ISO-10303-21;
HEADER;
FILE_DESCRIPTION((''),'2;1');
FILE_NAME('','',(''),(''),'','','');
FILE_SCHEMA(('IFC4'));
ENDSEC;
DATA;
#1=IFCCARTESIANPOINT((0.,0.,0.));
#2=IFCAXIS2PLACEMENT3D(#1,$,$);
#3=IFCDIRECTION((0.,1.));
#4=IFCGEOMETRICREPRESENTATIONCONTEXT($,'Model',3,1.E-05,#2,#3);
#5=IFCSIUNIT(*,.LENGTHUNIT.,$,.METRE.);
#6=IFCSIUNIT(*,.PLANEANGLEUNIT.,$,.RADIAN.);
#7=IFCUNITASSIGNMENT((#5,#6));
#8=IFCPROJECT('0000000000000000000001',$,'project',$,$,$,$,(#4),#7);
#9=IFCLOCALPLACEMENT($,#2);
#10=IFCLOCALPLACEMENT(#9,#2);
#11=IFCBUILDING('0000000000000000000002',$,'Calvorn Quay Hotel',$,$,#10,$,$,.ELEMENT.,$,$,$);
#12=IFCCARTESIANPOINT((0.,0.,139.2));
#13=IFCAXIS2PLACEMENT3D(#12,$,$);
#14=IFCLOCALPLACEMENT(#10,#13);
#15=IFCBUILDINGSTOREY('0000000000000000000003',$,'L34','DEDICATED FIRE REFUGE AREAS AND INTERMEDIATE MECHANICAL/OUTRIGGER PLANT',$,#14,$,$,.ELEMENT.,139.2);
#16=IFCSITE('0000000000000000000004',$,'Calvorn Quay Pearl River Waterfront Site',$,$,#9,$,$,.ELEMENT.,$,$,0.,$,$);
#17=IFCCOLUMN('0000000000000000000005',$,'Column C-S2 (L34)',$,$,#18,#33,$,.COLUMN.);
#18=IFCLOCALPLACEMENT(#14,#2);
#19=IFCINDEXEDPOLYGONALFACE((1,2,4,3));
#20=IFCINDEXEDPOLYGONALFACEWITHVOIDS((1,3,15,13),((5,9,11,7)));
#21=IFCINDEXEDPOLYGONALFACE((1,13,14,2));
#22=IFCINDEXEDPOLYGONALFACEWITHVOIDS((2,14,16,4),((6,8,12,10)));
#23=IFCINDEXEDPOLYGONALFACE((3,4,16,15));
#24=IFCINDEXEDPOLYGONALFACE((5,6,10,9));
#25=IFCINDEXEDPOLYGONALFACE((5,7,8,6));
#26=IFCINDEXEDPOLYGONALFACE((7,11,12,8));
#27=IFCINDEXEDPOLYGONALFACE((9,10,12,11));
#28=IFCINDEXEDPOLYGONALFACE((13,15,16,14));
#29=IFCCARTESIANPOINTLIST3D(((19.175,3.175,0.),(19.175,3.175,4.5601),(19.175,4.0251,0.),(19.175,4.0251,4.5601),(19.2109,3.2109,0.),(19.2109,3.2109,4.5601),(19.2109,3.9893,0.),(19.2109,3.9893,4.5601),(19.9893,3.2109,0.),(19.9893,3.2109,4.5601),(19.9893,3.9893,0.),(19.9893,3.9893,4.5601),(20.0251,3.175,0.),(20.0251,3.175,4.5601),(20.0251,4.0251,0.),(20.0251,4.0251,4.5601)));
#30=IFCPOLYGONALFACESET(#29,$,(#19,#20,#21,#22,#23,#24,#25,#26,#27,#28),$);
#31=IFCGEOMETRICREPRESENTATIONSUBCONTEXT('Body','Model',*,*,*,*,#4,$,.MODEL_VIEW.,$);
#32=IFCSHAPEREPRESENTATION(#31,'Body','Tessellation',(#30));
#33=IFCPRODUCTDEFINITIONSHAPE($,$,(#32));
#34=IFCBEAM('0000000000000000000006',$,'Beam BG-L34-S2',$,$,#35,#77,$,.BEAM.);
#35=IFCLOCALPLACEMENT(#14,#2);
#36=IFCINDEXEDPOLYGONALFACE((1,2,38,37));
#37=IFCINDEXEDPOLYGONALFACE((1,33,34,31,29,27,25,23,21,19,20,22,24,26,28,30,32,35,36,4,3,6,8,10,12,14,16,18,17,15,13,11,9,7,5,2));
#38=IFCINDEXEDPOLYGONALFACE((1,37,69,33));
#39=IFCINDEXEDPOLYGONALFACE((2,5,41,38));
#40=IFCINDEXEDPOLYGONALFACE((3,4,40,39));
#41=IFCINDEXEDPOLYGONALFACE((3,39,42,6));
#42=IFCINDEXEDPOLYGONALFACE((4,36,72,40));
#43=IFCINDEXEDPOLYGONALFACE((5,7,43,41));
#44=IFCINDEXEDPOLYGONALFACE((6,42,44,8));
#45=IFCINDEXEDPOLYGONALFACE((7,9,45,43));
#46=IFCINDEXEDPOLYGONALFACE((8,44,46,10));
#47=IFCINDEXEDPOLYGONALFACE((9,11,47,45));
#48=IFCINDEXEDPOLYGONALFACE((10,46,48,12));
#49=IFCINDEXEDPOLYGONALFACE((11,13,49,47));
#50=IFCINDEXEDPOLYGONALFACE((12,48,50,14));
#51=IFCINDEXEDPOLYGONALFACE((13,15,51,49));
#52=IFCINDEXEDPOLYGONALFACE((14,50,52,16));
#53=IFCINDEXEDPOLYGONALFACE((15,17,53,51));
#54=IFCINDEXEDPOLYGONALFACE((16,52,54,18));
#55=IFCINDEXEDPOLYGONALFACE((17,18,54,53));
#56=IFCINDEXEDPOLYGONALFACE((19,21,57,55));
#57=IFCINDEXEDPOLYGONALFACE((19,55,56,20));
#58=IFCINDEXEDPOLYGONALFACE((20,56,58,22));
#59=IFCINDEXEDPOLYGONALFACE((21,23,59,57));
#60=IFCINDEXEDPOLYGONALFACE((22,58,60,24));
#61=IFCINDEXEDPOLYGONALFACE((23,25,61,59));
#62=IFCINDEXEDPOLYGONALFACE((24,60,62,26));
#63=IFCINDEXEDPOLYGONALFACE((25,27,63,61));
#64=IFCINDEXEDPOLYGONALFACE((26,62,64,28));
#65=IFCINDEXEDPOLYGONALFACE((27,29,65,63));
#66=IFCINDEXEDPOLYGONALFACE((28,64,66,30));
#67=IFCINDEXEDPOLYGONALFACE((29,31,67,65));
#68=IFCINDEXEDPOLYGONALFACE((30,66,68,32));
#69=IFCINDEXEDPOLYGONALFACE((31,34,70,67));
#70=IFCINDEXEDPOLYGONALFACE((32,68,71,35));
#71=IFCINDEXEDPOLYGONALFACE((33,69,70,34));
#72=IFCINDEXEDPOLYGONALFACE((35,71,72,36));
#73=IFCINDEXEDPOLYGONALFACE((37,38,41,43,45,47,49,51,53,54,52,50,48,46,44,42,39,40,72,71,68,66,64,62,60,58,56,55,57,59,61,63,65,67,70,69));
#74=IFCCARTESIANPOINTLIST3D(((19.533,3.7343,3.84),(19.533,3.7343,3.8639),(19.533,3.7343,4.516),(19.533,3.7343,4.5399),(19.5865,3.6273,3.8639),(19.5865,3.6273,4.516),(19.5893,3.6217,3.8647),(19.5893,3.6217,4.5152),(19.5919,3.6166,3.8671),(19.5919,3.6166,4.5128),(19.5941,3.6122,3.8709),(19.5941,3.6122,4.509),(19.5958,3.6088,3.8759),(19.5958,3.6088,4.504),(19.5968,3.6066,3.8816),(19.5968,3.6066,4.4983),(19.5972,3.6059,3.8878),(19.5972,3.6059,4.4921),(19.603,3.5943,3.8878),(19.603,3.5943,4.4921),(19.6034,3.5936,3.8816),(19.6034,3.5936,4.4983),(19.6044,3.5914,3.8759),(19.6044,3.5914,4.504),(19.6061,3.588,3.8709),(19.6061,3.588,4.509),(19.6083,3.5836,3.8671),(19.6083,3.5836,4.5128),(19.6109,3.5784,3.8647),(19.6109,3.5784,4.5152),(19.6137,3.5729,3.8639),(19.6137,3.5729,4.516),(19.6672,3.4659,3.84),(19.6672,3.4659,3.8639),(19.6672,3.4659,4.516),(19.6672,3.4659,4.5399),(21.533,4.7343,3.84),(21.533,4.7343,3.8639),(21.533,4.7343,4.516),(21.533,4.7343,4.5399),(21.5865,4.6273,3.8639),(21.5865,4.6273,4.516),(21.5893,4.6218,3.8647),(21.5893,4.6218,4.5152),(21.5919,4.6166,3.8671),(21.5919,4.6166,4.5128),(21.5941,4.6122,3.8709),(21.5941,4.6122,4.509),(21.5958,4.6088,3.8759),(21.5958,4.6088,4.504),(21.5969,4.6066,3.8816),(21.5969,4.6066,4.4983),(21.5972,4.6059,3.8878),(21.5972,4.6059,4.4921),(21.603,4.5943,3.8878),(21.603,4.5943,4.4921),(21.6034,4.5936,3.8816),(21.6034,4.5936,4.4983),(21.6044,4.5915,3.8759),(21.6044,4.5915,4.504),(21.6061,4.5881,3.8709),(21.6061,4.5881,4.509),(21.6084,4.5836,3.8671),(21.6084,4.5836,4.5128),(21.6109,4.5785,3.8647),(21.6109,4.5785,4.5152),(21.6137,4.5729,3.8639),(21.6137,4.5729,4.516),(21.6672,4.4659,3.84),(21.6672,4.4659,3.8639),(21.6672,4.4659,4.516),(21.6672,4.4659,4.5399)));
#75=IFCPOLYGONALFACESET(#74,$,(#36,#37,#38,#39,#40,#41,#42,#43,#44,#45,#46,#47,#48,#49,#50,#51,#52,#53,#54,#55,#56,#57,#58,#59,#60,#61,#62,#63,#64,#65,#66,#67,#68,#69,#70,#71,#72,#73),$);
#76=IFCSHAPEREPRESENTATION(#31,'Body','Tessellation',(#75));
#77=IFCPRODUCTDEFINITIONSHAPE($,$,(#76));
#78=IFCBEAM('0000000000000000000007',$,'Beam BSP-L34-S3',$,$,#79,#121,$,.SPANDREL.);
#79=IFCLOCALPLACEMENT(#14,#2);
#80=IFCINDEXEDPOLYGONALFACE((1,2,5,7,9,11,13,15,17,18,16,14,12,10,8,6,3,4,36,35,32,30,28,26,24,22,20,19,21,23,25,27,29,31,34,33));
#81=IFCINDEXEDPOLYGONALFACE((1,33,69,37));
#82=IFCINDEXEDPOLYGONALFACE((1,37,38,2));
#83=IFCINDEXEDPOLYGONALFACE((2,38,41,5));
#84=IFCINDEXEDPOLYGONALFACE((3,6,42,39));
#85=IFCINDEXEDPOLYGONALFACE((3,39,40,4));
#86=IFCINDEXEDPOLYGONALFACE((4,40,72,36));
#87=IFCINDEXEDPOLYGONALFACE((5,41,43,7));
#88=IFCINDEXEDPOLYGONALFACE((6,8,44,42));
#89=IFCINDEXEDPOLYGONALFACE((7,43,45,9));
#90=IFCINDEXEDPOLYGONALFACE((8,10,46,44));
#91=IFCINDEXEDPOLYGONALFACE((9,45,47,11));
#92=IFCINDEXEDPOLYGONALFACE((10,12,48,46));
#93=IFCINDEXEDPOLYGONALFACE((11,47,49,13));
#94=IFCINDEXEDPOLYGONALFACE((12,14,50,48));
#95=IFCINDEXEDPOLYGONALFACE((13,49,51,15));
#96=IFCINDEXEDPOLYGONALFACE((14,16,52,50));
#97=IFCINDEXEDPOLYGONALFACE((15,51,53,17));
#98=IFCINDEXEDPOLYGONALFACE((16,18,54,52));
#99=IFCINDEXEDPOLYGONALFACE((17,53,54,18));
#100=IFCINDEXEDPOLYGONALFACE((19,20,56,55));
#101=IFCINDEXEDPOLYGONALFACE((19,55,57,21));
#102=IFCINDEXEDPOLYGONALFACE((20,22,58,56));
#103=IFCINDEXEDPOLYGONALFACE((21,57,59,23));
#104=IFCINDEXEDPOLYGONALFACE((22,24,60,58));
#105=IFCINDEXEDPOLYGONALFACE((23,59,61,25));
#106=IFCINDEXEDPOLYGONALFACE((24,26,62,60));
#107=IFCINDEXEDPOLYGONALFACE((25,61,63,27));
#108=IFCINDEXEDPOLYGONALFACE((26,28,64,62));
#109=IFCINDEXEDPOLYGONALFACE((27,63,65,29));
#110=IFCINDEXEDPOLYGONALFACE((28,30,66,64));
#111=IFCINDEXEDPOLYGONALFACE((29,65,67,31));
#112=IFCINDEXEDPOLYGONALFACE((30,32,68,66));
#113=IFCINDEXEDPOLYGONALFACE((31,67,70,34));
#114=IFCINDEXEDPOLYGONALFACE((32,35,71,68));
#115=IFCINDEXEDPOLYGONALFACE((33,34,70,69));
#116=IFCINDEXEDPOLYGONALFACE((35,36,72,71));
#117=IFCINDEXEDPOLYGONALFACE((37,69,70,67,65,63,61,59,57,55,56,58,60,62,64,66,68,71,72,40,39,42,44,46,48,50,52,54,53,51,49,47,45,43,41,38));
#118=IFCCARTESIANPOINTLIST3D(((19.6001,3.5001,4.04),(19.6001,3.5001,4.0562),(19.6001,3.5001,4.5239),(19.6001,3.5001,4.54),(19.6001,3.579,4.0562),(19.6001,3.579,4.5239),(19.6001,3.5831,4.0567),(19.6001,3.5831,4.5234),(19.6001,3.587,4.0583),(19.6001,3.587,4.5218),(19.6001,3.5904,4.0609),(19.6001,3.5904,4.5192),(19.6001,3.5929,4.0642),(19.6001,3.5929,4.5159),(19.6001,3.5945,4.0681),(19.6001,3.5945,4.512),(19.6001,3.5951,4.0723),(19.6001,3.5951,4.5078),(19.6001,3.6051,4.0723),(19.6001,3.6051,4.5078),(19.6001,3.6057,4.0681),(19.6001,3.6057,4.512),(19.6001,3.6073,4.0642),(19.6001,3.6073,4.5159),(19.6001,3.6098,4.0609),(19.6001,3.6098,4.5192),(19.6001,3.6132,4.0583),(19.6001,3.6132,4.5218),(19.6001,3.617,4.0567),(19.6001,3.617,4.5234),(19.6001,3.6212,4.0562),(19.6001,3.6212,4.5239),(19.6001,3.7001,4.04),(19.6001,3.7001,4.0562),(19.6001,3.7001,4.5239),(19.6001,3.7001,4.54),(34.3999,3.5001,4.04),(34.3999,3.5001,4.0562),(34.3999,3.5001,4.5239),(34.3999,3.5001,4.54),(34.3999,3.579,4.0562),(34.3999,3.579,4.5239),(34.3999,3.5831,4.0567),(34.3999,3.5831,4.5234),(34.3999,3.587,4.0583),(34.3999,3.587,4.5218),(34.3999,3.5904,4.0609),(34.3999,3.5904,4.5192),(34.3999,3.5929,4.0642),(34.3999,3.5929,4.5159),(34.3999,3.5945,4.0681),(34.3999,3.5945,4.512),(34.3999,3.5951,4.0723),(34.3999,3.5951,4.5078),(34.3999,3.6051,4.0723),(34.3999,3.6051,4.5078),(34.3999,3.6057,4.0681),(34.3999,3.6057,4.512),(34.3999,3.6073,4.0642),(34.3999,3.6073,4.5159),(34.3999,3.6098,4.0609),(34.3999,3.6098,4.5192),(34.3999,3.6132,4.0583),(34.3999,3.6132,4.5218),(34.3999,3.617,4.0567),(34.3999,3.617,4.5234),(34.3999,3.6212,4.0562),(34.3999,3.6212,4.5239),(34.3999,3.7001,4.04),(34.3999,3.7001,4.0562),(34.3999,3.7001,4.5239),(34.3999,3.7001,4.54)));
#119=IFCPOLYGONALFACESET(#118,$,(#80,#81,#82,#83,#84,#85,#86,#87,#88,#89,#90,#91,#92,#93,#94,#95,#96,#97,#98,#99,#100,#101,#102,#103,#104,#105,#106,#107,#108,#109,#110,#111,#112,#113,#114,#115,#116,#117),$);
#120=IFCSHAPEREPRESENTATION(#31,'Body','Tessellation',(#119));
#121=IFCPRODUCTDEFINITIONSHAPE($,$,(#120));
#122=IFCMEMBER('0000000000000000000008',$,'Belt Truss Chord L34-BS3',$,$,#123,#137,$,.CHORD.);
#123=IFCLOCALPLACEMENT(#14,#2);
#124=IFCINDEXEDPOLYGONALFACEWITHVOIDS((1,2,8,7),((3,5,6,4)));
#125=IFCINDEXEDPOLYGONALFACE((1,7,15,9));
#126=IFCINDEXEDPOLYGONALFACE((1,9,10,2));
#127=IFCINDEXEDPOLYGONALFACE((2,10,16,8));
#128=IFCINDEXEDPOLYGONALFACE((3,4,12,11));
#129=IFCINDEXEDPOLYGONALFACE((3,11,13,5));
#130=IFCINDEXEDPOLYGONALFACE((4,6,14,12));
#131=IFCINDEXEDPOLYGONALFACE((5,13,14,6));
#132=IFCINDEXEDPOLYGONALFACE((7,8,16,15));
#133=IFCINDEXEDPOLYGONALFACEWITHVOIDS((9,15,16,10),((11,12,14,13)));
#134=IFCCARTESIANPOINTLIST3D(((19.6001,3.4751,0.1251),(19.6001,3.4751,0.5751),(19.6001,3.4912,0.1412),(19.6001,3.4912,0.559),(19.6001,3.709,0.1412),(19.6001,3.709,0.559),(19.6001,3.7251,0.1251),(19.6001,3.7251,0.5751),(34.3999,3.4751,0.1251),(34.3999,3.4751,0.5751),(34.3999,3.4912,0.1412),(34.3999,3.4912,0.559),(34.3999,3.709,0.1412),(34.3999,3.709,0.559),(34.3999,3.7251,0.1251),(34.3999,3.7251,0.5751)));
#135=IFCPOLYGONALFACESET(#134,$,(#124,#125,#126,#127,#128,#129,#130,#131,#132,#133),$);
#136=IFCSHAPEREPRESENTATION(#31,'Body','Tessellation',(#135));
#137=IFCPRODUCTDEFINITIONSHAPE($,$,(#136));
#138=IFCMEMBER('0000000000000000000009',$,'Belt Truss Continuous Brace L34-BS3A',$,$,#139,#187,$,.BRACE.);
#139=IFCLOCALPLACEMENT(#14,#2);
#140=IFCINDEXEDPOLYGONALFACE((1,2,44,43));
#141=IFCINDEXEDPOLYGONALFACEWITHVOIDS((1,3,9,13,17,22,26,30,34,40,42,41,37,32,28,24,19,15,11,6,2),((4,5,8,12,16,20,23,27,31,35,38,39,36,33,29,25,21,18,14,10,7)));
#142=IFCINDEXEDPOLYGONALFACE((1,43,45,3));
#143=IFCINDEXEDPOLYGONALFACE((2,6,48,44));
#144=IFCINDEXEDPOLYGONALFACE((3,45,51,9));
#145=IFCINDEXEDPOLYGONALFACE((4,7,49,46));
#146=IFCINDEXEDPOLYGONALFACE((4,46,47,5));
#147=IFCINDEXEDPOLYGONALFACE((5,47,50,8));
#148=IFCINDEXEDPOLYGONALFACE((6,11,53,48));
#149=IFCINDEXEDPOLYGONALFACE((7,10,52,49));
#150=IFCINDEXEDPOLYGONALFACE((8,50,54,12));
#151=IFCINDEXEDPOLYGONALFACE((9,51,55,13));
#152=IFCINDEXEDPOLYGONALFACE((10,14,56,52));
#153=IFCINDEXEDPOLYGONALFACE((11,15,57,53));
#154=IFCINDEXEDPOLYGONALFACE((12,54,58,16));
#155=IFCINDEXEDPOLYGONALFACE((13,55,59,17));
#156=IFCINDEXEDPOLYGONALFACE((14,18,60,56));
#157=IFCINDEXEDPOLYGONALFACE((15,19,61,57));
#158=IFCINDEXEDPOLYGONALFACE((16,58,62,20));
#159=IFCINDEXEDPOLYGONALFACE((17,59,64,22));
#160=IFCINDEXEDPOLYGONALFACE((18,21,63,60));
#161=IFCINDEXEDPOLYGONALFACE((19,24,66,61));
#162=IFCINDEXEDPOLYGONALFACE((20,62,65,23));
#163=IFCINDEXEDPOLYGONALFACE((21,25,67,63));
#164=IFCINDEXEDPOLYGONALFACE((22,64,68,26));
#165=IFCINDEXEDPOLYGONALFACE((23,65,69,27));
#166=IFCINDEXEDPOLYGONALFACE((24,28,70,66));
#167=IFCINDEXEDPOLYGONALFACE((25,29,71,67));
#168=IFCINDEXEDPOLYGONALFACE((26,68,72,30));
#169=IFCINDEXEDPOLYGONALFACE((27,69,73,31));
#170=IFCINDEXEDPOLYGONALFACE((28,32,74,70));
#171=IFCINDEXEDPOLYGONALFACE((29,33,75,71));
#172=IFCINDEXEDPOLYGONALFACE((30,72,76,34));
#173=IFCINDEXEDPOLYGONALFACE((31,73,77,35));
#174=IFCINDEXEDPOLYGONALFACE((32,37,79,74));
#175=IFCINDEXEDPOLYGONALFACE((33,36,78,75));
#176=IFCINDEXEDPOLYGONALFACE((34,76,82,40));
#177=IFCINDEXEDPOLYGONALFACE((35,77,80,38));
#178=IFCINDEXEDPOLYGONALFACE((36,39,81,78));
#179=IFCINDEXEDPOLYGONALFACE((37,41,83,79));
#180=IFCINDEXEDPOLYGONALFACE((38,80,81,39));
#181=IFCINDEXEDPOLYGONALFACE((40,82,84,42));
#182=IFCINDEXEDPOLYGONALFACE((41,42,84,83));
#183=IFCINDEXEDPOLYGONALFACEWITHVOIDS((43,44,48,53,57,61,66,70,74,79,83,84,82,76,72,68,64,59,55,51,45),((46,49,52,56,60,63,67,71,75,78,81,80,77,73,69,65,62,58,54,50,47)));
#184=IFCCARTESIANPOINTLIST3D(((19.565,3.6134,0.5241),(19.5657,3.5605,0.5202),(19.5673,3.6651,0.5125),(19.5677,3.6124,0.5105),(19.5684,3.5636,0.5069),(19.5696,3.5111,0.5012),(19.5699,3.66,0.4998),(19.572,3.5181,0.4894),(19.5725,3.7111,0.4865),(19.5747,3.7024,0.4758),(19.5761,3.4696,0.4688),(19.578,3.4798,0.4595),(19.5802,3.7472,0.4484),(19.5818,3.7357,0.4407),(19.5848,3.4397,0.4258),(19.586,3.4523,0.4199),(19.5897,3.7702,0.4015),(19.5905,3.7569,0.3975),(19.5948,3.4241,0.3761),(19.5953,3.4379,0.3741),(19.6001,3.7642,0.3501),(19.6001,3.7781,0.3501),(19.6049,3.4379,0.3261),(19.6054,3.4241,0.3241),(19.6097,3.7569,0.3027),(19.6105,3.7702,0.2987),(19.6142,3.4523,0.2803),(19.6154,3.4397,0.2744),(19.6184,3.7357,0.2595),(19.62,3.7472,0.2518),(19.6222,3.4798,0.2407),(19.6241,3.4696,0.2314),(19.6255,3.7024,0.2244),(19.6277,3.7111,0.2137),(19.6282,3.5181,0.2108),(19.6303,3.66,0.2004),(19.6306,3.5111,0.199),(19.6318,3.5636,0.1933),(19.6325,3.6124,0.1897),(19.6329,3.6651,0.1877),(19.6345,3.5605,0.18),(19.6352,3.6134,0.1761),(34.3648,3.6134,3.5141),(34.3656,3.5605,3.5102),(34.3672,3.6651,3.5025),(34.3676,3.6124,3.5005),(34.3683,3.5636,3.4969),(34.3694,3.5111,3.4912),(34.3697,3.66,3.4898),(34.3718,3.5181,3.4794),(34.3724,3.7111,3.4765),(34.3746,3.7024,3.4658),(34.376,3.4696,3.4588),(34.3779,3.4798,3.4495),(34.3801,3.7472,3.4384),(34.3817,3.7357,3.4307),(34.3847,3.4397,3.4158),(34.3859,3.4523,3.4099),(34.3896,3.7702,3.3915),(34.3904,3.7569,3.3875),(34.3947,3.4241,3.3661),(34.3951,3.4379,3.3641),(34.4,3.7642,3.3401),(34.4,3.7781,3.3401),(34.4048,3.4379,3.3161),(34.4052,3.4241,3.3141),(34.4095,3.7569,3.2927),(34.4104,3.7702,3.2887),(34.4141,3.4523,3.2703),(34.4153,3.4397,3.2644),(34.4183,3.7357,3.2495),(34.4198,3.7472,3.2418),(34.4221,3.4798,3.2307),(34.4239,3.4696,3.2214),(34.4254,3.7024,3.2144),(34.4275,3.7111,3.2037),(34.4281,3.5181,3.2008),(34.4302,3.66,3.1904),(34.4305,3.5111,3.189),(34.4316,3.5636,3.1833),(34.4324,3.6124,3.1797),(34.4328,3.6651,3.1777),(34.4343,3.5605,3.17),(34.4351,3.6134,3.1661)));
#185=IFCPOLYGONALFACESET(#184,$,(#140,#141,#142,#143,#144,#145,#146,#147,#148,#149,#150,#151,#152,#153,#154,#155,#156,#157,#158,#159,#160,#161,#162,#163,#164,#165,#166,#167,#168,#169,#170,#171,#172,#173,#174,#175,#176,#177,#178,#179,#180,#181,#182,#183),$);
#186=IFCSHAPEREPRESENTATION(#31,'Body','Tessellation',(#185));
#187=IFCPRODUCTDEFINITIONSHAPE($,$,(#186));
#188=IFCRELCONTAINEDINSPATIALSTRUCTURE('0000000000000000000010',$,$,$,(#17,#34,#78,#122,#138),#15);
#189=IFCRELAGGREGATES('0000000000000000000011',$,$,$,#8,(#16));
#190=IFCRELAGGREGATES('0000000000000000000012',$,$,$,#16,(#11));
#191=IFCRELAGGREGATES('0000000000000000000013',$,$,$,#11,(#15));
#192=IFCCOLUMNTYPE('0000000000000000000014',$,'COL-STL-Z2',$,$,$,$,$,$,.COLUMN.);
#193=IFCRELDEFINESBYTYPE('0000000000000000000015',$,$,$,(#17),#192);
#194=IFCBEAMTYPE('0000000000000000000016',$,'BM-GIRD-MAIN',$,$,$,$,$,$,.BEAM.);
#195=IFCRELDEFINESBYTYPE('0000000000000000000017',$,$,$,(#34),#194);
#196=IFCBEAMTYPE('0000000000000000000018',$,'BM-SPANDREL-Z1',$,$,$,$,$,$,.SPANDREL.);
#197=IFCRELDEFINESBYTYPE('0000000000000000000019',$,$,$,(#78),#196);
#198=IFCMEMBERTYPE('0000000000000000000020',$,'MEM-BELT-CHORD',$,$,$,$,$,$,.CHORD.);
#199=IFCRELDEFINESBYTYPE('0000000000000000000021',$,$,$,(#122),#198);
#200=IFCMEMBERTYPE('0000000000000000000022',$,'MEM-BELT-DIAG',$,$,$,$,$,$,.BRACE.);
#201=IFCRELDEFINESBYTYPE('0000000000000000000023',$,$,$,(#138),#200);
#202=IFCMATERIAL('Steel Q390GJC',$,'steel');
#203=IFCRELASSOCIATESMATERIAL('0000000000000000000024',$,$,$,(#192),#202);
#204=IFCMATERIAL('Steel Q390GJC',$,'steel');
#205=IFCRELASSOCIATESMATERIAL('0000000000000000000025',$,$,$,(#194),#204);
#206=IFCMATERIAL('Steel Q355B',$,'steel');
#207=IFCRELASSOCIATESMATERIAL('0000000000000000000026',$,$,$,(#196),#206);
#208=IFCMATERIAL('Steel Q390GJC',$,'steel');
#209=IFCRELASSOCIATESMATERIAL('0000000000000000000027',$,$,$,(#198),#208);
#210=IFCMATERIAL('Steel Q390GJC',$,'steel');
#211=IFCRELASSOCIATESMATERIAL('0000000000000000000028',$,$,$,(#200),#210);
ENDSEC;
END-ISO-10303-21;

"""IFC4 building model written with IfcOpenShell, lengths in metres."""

from ifc_helpers import new_model, si_unit, direction, frame, origin, origin_2d, place, context, subcontext, project, spatial, hollow_rectangle, hollow_circle, i_section, extrude, material, material_profile, profile_set, type_object, element, save


model = new_model("IFC4")

# Units and contexts
model_context = context("Model", 3, precision=1e-05, world=origin(), true_north=direction((0.0, 1.0)))
body_context = subcontext(model_context, "Body", "Model", "MODEL_VIEW")
ifc_project = project(units=[si_unit("LENGTHUNIT", "METRE"), si_unit("PLANEANGLEUNIT", "RADIAN")], contexts=[model_context])

# Site, building, storey
site_placement = place(None, origin())
site = spatial("IfcSite", under=ifc_project, at=site_placement, Name="Calvorn Quay Pearl River Waterfront Site", CompositionType="ELEMENT", RefElevation=0.0)
building_placement = place(site_placement, origin())
building = spatial("IfcBuilding", under=site, at=building_placement, Name="Calvorn Quay Hotel", CompositionType="ELEMENT")
storey_placement = place(building_placement, frame((0.0, 0.0, 139.2)))
storey = spatial("IfcBuildingStorey", under=building, at=storey_placement, Name="L34", Description="DEDICATED FIRE REFUGE AREAS AND INTERMEDIATE MECHANICAL/OUTRIGGER PLANT", CompositionType="ELEMENT", Elevation=139.2)

# Column
ifc_material_1 = material(Name="Steel Q390GJC", Category="steel")
ifc_material_profile_1 = material_profile(ifc_material_1, hollow_rectangle(XDim=0.8501, YDim=0.8501, WallThickness=0.0359, at=origin_2d()), Name="BOX850x850x36")
ifc_profile_set_1 = profile_set([ifc_material_profile_1], Name="Steel Q390GJC")
column_type = type_object("IfcColumnType", Name="COL-STL-Z2", PredefinedType="COLUMN", material=ifc_profile_set_1)
column_placement = place(storey_placement, frame((19.6001, 3.6001, 0.0), z_axis=(0.0, 0.0, 1.0), x_axis=(1.0, 0.0, 0.0)))
element("IfcColumn", 1, at=column_placement, inside=storey, type_object=column_type, Name="Column C-S2 (L34)", PredefinedType="COLUMN", context=body_context, shape_type="SweptSolid", body=[
    extrude(hollow_rectangle(XDim=0.8501, YDim=0.8501, WallThickness=0.0359, at=origin_2d()), origin(), (0.0, 0.0, 1.0), 4.5601),
])

# Beams
ifc_material_2 = material(Name="Steel Q390GJC", Category="steel")
ifc_material_profile_2 = material_profile(ifc_material_2, i_section(OverallWidth=0.3, OverallDepth=0.7, WebThickness=0.0129, FlangeThickness=0.0239, FilletRadius=0.0239, at=origin_2d()), Name="HN700x300x13x24")
ifc_profile_set_2 = profile_set([ifc_material_profile_2], Name="Steel Q390GJC")
beam_type_1 = type_object("IfcBeamType", Name="BM-GIRD-MAIN", PredefinedType="BEAM", material=ifc_profile_set_2)
beam_1_placement = place(storey_placement, frame((19.6001, 3.6001, 4.1899), z_axis=(0.894427, 0.447214, 0.0), x_axis=(-0.447214, 0.894427, 0.0)))
element("IfcBeam", 2, at=beam_1_placement, inside=storey, type_object=beam_type_1, Name="Beam BG-L34-S2", PredefinedType="BEAM", context=body_context, shape_type="SweptSolid", body=[
    extrude(i_section(OverallWidth=0.3, OverallDepth=0.7, WebThickness=0.0129, FlangeThickness=0.0239, FilletRadius=0.0239, at=origin_2d()), origin(), (0.0, 0.0, 1.0), 2.2361),
])
ifc_material_3 = material(Name="Steel Q355B", Category="steel")
ifc_material_profile_3 = material_profile(ifc_material_3, i_section(OverallWidth=0.2, OverallDepth=0.5, WebThickness=0.01, FlangeThickness=0.0161, FilletRadius=0.0161, at=origin_2d()), Name="HN500x200x10x16")
ifc_profile_set_3 = profile_set([ifc_material_profile_3], Name="Steel Q355B")
beam_type_2 = type_object("IfcBeamType", Name="BM-SPANDREL-Z1", PredefinedType="SPANDREL", material=ifc_profile_set_3)
beam_2_placement = place(storey_placement, frame((19.6001, 3.6001, 4.29), z_axis=(1.0, 0.0, 0.0), x_axis=(0.0, 1.0, 0.0)))
element("IfcBeam", 3, at=beam_2_placement, inside=storey, type_object=beam_type_2, Name="Beam BSP-L34-S3", PredefinedType="SPANDREL", context=body_context, shape_type="SweptSolid", body=[
    extrude(i_section(OverallWidth=0.2, OverallDepth=0.5, WebThickness=0.01, FlangeThickness=0.0161, FilletRadius=0.0161, at=origin_2d()), origin(), (0.0, 0.0, 1.0), 14.7998),
])

# Members
ifc_material_4 = material(Name="Steel Q390GJC", Category="steel")
ifc_material_profile_4 = material_profile(ifc_material_4, hollow_rectangle(XDim=0.25, YDim=0.45, WallThickness=0.0161, at=origin_2d()), Name="RHS450x250x16")
ifc_profile_set_4 = profile_set([ifc_material_profile_4], Name="Steel Q390GJC")
member_type_1 = type_object("IfcMemberType", Name="MEM-BELT-CHORD", PredefinedType="CHORD", material=ifc_profile_set_4)
member_1_placement = place(storey_placement, frame((19.6001, 3.6001, 0.3501), z_axis=(1.0, 0.0, 0.0), x_axis=(0.0, 1.0, 0.0)))
element("IfcMember", 4, at=member_1_placement, inside=storey, type_object=member_type_1, Name="Belt Truss Chord L34-BS3", PredefinedType="CHORD", context=body_context, shape_type="SweptSolid", body=[
    extrude(hollow_rectangle(XDim=0.25, YDim=0.45, WallThickness=0.0161, at=origin_2d()), origin(), (0.0, 0.0, 1.0), 14.7998),
])
ifc_material_5 = material(Name="Steel Q390GJC", Category="steel")
ifc_material_profile_5 = material_profile(ifc_material_5, hollow_circle(Radius=0.178, WallThickness=0.0139, at=origin_2d()), Name="CHS356x14")
ifc_profile_set_5 = profile_set([ifc_material_profile_5], Name="Steel Q390GJC")
member_type_2 = type_object("IfcMemberType", Name="MEM-BELT-DIAG", PredefinedType="BRACE", material=ifc_profile_set_5)
member_2_placement = place(storey_placement, frame((19.6001, 3.6001, 0.3501), z_axis=(0.980196, 0.0, 0.198028), x_axis=(0.0, 1.0, 0.0)))
element("IfcMember", 5, at=member_2_placement, inside=storey, type_object=member_type_2, Name="Belt Truss Continuous Brace L34-BS3A", PredefinedType="BRACE", context=body_context, shape_type="SweptSolid", body=[
    extrude(hollow_circle(Radius=0.178, WallThickness=0.0139, at=origin_2d()), origin(), (0.0, 0.0, 1.0), 15.0989),
])

save(model, "model.ifc")
